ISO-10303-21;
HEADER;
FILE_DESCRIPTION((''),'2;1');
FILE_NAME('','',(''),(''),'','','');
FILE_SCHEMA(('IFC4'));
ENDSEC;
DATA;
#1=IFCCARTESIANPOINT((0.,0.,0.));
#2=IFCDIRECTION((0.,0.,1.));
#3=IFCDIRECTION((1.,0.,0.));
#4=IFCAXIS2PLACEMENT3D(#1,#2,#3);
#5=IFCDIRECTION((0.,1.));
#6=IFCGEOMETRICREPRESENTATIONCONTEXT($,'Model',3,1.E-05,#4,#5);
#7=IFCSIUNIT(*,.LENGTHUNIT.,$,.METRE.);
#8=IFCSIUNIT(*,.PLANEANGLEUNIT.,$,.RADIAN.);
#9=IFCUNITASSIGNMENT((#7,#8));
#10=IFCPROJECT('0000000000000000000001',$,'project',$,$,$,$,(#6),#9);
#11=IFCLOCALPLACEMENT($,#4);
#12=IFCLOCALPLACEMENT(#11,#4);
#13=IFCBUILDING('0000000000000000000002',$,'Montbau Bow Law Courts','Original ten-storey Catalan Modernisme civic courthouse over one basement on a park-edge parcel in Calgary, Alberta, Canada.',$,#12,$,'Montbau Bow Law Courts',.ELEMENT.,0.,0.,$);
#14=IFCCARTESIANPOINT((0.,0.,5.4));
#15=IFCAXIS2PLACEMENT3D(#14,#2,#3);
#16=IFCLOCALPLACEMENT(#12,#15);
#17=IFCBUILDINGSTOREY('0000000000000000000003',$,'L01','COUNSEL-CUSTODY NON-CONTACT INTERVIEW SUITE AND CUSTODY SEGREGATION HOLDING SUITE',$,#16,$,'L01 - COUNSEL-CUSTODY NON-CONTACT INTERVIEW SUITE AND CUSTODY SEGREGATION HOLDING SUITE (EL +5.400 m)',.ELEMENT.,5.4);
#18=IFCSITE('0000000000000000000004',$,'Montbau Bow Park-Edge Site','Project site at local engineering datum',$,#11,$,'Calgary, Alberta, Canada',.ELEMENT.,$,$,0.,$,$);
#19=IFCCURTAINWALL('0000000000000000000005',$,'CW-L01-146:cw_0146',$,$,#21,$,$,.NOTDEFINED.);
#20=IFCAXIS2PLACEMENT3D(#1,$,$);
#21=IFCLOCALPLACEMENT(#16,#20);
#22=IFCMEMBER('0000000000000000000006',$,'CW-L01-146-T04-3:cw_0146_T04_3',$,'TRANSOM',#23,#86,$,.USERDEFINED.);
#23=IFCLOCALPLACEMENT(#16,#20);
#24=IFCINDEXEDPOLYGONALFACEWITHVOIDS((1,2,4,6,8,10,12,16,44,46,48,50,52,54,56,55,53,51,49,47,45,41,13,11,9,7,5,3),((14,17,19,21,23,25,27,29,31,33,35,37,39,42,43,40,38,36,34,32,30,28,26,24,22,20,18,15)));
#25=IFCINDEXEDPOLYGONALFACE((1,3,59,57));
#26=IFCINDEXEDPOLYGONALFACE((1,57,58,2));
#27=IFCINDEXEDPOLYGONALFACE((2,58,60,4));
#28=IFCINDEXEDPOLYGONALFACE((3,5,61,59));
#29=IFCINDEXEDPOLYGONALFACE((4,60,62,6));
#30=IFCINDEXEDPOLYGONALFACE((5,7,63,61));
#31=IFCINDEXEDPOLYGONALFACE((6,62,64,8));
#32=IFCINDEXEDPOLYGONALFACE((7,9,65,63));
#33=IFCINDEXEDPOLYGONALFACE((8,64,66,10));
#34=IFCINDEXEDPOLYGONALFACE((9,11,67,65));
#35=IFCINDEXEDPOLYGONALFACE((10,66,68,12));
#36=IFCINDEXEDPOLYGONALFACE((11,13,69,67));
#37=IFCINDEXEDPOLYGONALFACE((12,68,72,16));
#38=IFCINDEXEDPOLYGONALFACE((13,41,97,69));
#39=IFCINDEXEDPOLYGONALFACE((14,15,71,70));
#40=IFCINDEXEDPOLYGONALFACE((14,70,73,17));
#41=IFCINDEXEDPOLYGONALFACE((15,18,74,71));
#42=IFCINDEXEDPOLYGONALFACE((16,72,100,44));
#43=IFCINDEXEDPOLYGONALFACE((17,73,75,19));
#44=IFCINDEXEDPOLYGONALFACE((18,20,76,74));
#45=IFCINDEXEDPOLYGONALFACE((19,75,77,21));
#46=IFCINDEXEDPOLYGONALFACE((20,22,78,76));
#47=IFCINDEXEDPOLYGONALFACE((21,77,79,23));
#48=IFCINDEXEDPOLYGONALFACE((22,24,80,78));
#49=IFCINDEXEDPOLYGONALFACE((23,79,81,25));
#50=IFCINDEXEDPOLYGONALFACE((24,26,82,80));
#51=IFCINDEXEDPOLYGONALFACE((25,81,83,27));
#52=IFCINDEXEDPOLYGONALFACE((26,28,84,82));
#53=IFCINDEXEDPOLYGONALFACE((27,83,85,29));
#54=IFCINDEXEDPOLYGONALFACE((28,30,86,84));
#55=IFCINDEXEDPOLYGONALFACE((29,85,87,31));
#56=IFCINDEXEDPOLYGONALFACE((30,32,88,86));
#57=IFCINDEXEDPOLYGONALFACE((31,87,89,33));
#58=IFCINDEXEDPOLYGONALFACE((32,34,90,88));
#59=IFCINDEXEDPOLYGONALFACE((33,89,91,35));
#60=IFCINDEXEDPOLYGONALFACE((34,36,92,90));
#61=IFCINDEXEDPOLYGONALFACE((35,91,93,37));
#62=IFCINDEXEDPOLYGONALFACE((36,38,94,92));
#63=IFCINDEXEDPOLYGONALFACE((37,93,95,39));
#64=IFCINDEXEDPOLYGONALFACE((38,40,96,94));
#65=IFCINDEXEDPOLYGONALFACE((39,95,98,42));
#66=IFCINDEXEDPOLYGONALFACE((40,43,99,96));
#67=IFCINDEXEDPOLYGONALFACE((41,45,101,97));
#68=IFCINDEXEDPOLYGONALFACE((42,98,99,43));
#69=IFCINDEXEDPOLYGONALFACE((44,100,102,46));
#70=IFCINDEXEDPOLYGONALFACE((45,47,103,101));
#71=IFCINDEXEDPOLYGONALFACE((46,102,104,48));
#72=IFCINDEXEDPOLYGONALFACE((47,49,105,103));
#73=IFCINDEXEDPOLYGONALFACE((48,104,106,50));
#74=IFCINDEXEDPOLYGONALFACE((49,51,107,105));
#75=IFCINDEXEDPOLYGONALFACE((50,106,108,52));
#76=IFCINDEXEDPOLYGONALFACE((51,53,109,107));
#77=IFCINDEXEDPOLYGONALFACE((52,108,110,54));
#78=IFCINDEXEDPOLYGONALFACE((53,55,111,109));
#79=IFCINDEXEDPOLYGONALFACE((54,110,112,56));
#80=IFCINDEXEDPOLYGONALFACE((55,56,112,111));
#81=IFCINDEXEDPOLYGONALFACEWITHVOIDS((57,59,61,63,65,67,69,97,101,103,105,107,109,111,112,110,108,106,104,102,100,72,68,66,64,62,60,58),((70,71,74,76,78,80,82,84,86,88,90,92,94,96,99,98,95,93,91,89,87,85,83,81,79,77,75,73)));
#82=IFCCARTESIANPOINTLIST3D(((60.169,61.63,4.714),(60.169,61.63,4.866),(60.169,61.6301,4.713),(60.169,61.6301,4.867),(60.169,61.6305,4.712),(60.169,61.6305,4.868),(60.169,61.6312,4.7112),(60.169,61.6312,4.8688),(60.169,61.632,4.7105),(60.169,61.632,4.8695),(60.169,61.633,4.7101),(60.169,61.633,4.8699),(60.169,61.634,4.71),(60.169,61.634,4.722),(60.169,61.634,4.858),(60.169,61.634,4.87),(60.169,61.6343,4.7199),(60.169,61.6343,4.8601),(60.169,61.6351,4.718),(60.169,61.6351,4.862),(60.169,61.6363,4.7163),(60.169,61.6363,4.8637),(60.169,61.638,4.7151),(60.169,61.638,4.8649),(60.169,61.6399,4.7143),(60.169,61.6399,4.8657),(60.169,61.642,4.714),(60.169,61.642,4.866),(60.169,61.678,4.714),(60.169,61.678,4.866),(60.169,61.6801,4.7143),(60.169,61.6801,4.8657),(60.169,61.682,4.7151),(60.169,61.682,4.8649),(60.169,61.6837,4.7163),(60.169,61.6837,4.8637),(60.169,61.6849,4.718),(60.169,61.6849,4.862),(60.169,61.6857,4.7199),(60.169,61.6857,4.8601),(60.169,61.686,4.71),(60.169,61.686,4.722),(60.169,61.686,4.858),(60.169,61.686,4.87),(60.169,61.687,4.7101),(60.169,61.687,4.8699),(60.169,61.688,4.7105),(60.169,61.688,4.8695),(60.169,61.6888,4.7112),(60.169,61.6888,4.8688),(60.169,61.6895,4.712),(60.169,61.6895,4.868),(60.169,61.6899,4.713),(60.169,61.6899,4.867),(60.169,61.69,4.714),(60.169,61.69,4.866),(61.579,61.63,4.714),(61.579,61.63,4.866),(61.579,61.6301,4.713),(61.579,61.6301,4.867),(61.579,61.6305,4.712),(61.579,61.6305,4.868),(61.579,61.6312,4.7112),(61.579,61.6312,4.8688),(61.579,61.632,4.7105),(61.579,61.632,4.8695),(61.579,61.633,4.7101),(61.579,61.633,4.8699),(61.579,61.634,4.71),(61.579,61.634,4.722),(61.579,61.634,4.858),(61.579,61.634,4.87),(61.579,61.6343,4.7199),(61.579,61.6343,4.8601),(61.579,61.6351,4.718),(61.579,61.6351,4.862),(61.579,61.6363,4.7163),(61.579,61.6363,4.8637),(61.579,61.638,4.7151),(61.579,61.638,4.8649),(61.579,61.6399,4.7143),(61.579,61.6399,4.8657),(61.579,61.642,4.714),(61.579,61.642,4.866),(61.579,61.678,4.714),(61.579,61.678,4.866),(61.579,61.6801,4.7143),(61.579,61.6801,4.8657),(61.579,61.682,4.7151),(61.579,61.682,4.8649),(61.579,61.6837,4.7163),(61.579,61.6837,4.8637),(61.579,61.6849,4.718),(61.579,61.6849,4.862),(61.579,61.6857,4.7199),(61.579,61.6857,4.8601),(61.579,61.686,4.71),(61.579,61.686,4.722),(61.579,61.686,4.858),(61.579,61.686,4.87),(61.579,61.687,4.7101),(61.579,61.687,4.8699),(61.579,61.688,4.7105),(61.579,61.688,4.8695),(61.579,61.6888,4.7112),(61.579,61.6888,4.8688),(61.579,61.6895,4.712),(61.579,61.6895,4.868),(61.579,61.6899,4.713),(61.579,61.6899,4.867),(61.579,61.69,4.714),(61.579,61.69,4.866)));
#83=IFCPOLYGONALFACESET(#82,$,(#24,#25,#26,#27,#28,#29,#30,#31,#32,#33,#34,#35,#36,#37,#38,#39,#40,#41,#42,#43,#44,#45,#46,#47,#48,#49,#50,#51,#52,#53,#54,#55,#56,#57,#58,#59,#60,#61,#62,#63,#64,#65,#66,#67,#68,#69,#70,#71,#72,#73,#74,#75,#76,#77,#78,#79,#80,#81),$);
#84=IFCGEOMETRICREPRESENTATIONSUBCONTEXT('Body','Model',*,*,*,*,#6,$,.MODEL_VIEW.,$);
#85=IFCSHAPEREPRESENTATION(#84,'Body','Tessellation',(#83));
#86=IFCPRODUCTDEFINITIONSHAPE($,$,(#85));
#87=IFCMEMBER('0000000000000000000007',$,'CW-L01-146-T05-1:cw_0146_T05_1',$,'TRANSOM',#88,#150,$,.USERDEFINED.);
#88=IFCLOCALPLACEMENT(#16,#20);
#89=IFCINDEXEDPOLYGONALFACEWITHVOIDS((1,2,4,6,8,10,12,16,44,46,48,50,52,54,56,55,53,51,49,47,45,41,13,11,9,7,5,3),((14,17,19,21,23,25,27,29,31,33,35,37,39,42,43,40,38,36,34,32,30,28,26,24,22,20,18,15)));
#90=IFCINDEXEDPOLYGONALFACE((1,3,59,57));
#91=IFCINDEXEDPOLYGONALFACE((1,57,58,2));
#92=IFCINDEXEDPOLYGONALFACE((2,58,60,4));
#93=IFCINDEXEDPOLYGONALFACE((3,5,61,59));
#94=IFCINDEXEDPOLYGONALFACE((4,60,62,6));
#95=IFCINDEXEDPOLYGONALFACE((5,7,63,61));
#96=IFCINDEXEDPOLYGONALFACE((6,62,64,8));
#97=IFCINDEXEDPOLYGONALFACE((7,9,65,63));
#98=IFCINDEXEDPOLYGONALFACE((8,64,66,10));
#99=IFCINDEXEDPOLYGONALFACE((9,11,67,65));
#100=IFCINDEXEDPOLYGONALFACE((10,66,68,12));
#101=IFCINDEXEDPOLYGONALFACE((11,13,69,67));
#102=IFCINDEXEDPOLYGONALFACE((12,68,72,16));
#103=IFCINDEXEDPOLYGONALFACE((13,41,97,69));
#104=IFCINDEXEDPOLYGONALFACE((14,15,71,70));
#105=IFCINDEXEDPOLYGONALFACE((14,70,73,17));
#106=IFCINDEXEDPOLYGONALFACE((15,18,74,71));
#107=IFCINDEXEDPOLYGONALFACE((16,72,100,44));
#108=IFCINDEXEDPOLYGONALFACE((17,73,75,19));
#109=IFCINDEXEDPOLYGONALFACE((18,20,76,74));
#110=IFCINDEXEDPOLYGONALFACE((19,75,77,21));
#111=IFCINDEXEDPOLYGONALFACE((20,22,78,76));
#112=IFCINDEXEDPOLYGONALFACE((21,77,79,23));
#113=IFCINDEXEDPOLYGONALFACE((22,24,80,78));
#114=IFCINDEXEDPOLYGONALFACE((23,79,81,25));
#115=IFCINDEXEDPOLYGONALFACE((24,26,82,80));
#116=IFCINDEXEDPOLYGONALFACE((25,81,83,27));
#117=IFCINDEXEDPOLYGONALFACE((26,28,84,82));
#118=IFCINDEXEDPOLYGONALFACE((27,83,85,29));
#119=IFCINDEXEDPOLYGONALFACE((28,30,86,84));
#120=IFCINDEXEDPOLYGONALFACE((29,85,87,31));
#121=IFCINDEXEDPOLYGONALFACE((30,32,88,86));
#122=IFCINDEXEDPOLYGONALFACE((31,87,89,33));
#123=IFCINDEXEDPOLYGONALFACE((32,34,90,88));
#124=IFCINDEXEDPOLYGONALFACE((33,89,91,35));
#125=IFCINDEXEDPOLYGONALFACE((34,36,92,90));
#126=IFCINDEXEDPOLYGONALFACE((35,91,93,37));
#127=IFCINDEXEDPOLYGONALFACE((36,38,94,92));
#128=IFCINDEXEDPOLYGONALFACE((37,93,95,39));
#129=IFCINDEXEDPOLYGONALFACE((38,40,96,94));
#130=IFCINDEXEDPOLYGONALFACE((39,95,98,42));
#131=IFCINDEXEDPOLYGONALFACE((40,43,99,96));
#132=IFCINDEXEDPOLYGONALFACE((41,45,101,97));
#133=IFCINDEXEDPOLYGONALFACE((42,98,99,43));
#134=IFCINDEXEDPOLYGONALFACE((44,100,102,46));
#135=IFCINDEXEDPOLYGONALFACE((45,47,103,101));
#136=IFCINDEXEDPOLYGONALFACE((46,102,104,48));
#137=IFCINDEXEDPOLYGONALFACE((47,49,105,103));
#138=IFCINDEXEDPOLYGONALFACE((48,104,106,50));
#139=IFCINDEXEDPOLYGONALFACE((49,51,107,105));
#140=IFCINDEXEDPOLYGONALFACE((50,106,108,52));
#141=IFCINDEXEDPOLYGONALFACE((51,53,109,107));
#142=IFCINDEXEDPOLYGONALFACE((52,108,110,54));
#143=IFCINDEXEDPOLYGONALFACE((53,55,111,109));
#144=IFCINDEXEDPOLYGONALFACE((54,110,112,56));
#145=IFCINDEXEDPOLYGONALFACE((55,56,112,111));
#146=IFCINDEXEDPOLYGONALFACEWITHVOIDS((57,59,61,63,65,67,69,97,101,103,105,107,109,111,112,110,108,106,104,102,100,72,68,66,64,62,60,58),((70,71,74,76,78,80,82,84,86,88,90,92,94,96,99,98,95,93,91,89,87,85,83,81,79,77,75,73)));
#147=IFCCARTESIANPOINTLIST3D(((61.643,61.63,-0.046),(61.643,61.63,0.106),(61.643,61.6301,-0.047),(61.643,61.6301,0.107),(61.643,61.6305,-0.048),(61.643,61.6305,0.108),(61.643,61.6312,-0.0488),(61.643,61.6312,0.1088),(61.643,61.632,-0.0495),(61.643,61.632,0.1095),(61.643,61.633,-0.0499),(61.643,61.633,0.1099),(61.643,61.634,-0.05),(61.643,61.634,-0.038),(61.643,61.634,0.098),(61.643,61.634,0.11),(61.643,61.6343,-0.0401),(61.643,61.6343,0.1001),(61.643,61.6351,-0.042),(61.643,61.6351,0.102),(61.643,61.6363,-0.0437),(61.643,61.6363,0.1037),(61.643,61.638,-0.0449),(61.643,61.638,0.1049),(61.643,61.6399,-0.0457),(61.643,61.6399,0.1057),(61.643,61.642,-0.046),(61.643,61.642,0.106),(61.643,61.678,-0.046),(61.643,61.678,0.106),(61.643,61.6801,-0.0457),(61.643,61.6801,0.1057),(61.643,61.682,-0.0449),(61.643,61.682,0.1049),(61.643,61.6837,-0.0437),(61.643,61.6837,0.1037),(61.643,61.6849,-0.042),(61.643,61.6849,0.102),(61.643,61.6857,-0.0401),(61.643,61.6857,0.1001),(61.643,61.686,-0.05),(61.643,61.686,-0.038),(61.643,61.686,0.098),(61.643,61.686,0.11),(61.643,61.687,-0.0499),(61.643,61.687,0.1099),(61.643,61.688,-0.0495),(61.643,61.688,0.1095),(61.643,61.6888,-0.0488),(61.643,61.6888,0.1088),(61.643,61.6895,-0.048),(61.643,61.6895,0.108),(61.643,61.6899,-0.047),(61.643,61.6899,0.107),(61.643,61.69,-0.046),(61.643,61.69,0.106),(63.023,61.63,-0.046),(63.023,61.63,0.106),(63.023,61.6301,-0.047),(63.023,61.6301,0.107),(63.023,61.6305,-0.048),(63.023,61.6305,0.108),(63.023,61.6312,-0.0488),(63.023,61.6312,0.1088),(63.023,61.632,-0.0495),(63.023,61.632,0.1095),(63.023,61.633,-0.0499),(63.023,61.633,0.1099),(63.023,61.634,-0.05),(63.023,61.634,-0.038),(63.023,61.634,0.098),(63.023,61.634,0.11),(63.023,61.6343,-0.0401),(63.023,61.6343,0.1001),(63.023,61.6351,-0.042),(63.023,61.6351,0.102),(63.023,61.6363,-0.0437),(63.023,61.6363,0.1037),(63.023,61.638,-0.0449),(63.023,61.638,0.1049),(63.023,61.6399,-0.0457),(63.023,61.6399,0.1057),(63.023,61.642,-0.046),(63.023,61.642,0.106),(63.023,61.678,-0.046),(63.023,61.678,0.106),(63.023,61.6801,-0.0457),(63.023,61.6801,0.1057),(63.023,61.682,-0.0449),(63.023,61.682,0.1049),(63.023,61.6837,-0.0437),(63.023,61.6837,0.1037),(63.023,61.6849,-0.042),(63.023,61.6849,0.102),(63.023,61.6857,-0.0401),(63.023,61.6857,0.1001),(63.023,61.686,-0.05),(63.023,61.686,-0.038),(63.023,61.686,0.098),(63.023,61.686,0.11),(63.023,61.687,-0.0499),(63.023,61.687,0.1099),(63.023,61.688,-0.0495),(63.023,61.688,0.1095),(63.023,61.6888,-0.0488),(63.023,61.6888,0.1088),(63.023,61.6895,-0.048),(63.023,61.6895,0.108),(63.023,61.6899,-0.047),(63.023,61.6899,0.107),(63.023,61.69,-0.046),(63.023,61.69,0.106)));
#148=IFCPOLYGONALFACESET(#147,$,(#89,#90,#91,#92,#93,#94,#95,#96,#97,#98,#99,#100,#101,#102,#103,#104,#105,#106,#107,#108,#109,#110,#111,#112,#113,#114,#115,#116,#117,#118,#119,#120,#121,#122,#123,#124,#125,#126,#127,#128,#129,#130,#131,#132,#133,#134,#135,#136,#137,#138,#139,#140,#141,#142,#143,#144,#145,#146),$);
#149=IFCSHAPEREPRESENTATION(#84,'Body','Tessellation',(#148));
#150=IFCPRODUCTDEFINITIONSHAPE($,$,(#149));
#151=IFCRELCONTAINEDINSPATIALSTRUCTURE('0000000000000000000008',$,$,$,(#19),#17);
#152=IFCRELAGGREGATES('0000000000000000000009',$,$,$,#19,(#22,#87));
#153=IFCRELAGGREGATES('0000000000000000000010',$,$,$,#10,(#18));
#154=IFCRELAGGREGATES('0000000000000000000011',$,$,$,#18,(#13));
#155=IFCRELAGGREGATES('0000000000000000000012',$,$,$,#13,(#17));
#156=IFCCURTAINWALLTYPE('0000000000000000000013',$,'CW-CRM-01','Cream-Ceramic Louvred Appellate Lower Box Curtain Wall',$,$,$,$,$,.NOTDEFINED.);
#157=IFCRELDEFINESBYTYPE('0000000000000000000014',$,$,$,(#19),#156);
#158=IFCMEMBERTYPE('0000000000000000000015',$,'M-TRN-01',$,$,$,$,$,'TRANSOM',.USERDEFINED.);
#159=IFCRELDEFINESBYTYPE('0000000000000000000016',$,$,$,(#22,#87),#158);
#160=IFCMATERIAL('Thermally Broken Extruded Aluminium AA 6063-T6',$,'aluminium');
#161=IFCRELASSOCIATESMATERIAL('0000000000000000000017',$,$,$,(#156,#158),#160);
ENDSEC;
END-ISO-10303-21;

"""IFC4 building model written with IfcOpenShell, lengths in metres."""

from ifc_helpers import new_model, si_unit, direction, frame, origin_with_axes, origin_2d_with_axis, place, context, subcontext, project, spatial, hollow_rectangle, extrude, material, material_profile, profile_set, type_object, element, aggregate, save


model = new_model("IFC4")

# Units and contexts
model_context = context("Model", 3, precision=1e-05, world=origin_with_axes(), true_north=direction((0.0, 1.0)))
body_context = subcontext(model_context, "Body", "Model", "MODEL_VIEW")
ifc_project = project(units=[si_unit("LENGTHUNIT", "METRE"), si_unit("PLANEANGLEUNIT", "RADIAN")], contexts=[model_context])

# Site, building, storey
site_placement = place(None, origin_with_axes())
site = spatial("IfcSite", under=ifc_project, at=site_placement, Name="Montbau Bow Park-Edge Site", Description="Project site at local engineering datum", LongName="Calgary, Alberta, Canada", CompositionType="ELEMENT", RefElevation=0.0)
building_placement = place(site_placement, origin_with_axes())
building = spatial("IfcBuilding", under=site, at=building_placement, Name="Montbau Bow Law Courts", Description="Original ten-storey Catalan Modernisme civic courthouse over one basement on a park-edge parcel in Calgary, Alberta, Canada.", LongName="Montbau Bow Law Courts", CompositionType="ELEMENT", ElevationOfRefHeight=0.0, ElevationOfTerrain=0.0)
storey_placement = place(building_placement, frame((0.0, 0.0, 5.4), z_axis=(0.0, 0.0, 1.0), x_axis=(1.0, 0.0, 0.0)))
storey = spatial("IfcBuildingStorey", under=building, at=storey_placement, Name="L01", Description="COUNSEL-CUSTODY NON-CONTACT INTERVIEW SUITE AND CUSTODY SEGREGATION HOLDING SUITE", LongName="L01 - COUNSEL-CUSTODY NON-CONTACT INTERVIEW SUITE AND CUSTODY SEGREGATION HOLDING SUITE (EL +5.400 m)", CompositionType="ELEMENT", Elevation=5.4)

# Shared definitions
ifc_material_1 = material(Name="Thermally Broken Extruded Aluminium AA 6063-T6", Category="aluminium")
curtain_wall_type = type_object("IfcCurtainWallType", Name="CW-CRM-01", Description="Cream-Ceramic Louvred Appellate Lower Box Curtain Wall", PredefinedType="NOTDEFINED", material=ifc_material_1)

# Curtain wall, members
curtain_wall_1_placement = place(None, frame((55.715, 61.66, 5.4), z_axis=(0.0, 0.0, 1.0), x_axis=(1.0, 0.0, 0.0)))
curtain_wall_1 = element("IfcCurtainWall", 1, at=curtain_wall_1_placement, inside=storey, type_object=curtain_wall_type, Name="CW-L01-146:cw_0146", PredefinedType="NOTDEFINED")
ifc_material_profile_1 = material_profile(ifc_material_1, hollow_rectangle(XDim=0.06, YDim=0.16, WallThickness=0.004, InnerFilletRadius=0.008, OuterFilletRadius=0.004, at=origin_2d_with_axis()), Name="CWT-160X60", Category="Main", Priority=0)
ifc_profile_set_1 = profile_set([ifc_material_profile_1], Name="Thermally Broken Extruded Aluminium AA 6063-T6")
member_type_1 = type_object("IfcMemberType", Name="M-TRN-01", ElementType="TRANSOM", PredefinedType="USERDEFINED", material=ifc_profile_set_1)
member_1_placement = place(None, frame((60.169, 61.66, 10.19), z_axis=(1.0, 0.0, 0.0), x_axis=(0.0, 1.0, 0.0)))
member_1 = element("IfcMember", 2, at=member_1_placement, type_object=member_type_1, Name="CW-L01-146-T04-3:cw_0146_T04_3", ObjectType="TRANSOM", PredefinedType="USERDEFINED", context=body_context, shape_type="SweptSolid", body=[
    extrude(hollow_rectangle(XDim=0.06, YDim=0.16, WallThickness=0.004, InnerFilletRadius=0.008, OuterFilletRadius=0.004, at=origin_2d_with_axis()), origin_with_axes(), (0.0, 0.0, 1.0), 1.41),
])
member_2_placement = place(None, frame((61.643, 61.66, 5.43), z_axis=(1.0, 0.0, 0.0), x_axis=(0.0, 1.0, 0.0)))
member_2 = element("IfcMember", 3, at=member_2_placement, type_object=member_type_1, Name="CW-L01-146-T05-1:cw_0146_T05_1", ObjectType="TRANSOM", PredefinedType="USERDEFINED", context=body_context, shape_type="SweptSolid", body=[
    extrude(hollow_rectangle(XDim=0.06, YDim=0.16, WallThickness=0.004, InnerFilletRadius=0.008, OuterFilletRadius=0.004, at=origin_2d_with_axis()), origin_with_axes(), (0.0, 0.0, 1.0), 1.38),
])
aggregate(curtain_wall_1, [member_1, member_2])

save(model, "model.ifc")
